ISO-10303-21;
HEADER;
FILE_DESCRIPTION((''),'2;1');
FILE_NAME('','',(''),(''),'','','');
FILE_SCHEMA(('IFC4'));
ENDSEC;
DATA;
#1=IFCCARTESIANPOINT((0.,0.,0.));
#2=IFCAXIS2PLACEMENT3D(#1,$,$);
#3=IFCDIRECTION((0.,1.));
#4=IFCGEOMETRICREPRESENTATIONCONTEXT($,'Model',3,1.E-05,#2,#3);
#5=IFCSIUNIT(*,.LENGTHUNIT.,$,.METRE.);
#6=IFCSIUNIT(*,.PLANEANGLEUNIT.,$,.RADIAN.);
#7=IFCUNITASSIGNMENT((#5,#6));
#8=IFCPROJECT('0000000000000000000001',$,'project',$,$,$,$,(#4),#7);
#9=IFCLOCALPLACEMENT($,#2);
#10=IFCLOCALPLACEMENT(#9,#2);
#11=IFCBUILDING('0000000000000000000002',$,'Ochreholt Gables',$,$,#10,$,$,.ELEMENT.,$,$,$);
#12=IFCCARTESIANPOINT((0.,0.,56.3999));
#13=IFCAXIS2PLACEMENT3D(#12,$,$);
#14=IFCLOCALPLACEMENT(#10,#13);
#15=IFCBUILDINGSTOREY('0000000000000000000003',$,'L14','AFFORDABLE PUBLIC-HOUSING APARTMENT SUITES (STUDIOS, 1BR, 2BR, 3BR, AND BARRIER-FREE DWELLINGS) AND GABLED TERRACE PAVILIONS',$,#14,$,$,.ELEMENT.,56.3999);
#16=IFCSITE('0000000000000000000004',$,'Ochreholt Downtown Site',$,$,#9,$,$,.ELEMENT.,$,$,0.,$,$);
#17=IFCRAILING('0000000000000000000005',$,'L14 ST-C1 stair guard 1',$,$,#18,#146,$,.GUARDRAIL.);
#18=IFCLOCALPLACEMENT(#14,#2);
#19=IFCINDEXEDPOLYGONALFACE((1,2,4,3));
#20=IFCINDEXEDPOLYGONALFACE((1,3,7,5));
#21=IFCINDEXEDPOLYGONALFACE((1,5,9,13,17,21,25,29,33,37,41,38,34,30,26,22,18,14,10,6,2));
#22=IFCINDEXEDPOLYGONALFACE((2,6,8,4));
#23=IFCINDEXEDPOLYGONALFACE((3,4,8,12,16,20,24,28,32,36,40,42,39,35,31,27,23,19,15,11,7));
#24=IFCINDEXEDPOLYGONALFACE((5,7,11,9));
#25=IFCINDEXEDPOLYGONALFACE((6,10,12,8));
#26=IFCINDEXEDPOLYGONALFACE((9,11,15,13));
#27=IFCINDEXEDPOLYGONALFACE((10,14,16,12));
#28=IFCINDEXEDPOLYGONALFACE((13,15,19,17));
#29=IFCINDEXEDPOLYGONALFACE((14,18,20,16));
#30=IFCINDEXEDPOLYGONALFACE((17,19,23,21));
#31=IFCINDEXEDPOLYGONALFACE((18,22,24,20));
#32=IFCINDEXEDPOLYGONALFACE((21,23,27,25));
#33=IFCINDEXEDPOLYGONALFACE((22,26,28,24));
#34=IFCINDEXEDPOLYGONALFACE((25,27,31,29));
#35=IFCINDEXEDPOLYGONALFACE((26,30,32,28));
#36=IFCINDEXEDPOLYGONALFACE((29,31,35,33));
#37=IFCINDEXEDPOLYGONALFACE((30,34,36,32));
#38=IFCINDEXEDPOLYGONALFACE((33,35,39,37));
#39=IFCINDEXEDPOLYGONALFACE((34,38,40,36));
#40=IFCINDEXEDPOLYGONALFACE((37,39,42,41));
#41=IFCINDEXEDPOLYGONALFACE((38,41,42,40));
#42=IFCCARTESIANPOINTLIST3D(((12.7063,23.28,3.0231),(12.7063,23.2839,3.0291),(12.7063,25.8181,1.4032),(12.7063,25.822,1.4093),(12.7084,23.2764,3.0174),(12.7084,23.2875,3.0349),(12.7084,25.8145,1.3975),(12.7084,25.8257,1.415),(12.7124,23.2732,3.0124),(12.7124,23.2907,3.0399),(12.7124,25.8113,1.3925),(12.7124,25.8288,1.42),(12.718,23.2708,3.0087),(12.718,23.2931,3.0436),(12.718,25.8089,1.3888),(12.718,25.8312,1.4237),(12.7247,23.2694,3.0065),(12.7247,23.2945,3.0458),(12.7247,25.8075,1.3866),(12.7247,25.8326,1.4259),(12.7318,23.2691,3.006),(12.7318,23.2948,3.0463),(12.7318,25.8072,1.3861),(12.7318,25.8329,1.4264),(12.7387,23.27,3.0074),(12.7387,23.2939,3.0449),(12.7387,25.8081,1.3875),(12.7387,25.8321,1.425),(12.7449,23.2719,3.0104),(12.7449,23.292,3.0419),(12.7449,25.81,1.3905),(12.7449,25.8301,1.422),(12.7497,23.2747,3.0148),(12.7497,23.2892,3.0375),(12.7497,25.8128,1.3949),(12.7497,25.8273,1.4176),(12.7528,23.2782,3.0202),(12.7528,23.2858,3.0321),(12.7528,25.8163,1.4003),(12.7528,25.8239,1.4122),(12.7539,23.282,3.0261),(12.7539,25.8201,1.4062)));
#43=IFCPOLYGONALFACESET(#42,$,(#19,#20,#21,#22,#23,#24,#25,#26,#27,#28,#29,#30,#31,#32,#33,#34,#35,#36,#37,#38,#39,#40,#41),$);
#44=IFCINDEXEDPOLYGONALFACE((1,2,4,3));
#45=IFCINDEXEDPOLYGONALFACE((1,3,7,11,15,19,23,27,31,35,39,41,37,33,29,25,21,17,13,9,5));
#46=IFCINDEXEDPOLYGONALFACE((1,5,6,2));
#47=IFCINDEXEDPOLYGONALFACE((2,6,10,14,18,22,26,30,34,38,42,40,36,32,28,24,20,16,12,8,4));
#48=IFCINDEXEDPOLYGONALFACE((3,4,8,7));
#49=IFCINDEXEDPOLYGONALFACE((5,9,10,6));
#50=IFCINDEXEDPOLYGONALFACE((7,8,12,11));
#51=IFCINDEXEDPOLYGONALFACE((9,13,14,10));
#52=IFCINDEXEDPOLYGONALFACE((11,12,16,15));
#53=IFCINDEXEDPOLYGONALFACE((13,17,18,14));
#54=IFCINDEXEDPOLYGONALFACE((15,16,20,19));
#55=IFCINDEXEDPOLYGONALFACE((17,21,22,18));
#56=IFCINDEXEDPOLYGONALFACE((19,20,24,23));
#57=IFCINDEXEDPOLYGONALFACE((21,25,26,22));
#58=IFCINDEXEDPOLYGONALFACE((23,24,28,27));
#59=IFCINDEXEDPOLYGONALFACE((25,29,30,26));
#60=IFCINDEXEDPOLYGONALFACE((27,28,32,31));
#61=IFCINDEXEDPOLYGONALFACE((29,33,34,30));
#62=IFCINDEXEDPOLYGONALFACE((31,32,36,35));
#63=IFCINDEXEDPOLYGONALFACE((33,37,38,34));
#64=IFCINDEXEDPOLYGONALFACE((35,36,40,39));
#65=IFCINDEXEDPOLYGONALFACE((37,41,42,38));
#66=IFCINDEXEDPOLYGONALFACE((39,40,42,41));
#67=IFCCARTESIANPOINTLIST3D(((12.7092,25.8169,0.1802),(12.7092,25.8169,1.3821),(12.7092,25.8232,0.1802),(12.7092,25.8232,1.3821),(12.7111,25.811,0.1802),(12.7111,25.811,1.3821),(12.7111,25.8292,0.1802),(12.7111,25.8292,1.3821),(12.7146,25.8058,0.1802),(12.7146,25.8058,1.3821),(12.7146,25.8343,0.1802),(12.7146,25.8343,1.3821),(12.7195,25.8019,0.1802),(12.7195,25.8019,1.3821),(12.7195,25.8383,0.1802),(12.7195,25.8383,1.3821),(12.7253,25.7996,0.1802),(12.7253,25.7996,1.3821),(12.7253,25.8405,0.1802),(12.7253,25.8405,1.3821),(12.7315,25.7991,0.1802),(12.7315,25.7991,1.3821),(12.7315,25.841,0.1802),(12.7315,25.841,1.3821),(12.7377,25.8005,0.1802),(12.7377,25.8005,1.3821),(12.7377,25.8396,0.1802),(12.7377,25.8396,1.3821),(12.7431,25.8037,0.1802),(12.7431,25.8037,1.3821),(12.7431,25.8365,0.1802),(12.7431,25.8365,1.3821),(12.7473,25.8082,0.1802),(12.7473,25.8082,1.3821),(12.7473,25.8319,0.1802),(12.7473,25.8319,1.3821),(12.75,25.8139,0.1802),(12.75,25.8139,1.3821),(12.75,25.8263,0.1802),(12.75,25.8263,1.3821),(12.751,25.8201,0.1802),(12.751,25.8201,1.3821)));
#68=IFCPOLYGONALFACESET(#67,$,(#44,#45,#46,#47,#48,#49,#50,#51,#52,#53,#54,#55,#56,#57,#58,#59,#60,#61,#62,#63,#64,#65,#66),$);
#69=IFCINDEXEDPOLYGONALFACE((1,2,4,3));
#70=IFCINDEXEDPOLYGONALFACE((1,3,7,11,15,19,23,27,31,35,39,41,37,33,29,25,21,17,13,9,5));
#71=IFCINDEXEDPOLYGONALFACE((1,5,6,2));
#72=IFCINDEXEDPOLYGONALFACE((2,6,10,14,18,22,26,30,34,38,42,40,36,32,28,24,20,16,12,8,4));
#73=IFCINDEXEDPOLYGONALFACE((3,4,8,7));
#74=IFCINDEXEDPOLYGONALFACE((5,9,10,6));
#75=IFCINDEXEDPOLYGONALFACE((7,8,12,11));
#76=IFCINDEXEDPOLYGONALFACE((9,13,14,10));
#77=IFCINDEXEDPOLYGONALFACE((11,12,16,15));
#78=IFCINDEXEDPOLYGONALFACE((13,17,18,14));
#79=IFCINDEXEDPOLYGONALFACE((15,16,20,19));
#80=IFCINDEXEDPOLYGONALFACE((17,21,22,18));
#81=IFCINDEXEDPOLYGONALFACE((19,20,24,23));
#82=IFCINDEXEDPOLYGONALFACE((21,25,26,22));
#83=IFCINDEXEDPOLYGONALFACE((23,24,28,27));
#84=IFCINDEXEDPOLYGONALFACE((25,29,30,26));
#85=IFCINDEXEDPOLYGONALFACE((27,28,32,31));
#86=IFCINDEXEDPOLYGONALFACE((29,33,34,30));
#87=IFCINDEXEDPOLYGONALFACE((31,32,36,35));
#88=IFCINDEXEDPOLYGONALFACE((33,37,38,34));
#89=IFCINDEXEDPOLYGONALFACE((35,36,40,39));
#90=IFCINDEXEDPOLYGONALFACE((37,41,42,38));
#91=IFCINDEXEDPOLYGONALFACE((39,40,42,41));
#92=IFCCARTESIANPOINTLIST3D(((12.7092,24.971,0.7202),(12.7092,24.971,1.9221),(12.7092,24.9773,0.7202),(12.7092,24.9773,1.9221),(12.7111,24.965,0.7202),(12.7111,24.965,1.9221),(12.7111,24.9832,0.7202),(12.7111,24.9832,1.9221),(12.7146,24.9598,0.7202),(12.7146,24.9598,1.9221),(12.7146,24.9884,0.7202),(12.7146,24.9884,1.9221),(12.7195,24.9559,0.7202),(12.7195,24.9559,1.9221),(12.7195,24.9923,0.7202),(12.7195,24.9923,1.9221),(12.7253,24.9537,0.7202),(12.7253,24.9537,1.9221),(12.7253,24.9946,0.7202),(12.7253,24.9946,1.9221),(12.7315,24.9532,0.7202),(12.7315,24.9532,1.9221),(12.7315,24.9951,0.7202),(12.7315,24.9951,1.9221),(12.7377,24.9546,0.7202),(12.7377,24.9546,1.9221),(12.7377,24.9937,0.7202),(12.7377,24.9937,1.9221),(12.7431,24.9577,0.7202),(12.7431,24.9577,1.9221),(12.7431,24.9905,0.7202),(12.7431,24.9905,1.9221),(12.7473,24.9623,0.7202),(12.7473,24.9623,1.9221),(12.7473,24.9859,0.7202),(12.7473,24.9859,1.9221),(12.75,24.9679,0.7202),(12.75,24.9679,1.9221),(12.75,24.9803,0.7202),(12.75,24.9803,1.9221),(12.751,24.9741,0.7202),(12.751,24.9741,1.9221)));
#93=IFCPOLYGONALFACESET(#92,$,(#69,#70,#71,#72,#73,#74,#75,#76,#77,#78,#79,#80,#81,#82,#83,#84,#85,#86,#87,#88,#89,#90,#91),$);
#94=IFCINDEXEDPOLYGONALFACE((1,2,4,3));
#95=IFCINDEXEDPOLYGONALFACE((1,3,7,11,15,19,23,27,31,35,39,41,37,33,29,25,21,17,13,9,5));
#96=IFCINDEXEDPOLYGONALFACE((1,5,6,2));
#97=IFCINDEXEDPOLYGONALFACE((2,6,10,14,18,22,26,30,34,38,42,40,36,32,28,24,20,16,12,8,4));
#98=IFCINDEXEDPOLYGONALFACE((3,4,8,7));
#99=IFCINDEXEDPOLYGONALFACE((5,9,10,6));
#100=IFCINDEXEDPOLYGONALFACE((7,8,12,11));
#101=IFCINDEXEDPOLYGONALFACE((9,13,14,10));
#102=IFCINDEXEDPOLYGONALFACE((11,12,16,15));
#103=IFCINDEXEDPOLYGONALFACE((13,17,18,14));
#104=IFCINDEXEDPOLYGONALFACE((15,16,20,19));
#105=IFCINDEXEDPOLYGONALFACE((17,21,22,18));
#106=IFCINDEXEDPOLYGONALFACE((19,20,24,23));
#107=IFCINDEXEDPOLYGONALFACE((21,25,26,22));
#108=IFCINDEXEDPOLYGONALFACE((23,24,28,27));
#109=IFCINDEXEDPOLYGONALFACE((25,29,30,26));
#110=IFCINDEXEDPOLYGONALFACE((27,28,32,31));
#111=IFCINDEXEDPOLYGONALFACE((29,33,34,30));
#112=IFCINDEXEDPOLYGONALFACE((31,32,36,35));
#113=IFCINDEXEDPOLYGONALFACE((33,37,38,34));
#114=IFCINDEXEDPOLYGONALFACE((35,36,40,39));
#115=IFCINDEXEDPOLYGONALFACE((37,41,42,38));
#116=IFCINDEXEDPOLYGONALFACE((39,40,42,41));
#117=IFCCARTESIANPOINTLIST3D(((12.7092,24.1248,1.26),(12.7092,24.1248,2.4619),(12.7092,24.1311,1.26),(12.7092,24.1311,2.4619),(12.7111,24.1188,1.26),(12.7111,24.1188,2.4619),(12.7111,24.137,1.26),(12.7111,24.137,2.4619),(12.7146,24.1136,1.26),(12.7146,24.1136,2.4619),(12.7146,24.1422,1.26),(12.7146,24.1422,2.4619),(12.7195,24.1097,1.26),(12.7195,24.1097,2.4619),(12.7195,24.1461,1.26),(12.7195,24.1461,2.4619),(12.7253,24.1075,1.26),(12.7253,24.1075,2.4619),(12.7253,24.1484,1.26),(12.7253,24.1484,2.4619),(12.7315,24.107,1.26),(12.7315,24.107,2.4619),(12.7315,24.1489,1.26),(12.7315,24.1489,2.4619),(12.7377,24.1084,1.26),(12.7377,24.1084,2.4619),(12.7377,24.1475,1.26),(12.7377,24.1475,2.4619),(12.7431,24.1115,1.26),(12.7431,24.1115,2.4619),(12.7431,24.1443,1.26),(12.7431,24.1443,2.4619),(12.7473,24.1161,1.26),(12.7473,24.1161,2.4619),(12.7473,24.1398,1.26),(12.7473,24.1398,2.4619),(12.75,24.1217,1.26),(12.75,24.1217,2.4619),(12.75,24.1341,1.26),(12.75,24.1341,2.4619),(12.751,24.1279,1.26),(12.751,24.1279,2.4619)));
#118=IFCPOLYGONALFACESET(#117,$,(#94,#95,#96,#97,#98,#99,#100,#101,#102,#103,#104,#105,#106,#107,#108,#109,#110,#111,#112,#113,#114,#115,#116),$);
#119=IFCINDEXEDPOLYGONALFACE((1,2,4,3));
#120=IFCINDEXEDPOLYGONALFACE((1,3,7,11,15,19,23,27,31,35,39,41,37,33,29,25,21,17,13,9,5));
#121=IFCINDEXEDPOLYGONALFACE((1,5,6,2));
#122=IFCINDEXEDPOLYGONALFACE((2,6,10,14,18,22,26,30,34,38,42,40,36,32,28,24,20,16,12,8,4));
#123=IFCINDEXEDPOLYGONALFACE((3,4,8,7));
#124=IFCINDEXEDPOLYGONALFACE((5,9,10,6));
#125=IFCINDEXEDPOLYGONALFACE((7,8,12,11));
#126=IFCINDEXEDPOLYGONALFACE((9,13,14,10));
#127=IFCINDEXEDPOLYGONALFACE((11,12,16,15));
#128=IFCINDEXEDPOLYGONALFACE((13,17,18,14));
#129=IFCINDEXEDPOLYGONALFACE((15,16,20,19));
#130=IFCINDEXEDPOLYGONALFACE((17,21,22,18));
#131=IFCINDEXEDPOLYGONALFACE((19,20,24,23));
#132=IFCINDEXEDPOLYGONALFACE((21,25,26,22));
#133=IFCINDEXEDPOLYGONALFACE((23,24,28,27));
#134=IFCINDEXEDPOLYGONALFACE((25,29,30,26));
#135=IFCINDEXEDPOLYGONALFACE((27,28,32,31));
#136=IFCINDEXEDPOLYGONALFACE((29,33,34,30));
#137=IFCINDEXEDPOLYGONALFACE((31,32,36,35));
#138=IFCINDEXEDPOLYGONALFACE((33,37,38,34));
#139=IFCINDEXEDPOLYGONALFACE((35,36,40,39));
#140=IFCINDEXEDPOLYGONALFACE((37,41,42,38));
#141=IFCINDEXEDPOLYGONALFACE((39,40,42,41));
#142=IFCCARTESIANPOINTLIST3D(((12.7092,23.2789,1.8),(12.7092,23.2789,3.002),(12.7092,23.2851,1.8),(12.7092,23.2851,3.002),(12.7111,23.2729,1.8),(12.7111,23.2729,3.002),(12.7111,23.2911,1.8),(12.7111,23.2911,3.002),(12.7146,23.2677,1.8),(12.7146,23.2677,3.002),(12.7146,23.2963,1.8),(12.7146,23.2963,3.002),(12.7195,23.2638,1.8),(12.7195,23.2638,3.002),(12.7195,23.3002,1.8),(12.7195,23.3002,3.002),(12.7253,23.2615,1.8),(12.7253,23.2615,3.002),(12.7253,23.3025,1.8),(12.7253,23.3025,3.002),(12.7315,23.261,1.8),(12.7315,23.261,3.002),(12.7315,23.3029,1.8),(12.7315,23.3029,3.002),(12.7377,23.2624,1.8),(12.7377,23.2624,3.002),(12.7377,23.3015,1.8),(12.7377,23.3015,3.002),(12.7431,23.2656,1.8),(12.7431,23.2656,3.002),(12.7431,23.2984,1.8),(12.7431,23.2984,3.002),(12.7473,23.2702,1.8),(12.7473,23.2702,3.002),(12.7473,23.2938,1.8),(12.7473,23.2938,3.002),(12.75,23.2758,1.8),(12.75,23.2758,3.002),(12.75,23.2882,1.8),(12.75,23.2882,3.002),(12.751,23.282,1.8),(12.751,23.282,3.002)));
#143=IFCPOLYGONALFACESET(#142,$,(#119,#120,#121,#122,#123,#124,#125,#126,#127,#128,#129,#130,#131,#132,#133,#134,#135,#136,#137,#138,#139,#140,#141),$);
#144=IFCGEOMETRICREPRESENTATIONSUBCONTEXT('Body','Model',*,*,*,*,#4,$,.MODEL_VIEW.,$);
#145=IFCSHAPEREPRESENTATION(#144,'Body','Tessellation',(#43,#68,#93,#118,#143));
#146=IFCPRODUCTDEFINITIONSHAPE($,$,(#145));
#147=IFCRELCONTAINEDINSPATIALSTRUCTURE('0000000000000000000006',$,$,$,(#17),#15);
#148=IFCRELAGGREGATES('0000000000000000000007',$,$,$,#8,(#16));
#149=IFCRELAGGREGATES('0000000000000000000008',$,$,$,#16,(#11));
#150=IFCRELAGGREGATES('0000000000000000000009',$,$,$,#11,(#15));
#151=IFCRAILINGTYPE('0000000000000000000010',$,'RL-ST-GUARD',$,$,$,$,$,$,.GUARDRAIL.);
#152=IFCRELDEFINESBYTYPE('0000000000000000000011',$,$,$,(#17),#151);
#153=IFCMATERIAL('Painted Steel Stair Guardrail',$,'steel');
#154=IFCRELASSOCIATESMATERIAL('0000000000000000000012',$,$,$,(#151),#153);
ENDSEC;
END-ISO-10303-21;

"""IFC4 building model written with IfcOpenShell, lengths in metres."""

from ifc_helpers import new_model, si_unit, direction, frame, origin, origin_2d, place, context, subcontext, project, spatial, circle, extrude, material, type_object, element, save


model = new_model("IFC4")

# Units and contexts
model_context = context("Model", 3, precision=1e-05, world=origin(), true_north=direction((0.0, 1.0)))
body_context = subcontext(model_context, "Body", "Model", "MODEL_VIEW")
ifc_project = project(units=[si_unit("LENGTHUNIT", "METRE"), si_unit("PLANEANGLEUNIT", "RADIAN")], contexts=[model_context])

# Site, building, storey
site_placement = place(None, origin())
site = spatial("IfcSite", under=ifc_project, at=site_placement, Name="Ochreholt Downtown Site", CompositionType="ELEMENT", RefElevation=0.0)
building_placement = place(site_placement, origin())
building = spatial("IfcBuilding", under=site, at=building_placement, Name="Ochreholt Gables", CompositionType="ELEMENT")
storey_placement = place(building_placement, frame((0.0, 0.0, 56.3999)))
storey = spatial("IfcBuildingStorey", under=building, at=storey_placement, Name="L14", Description="AFFORDABLE PUBLIC-HOUSING APARTMENT SUITES (STUDIOS, 1BR, 2BR, 3BR, AND BARRIER-FREE DWELLINGS) AND GABLED TERRACE PAVILIONS", CompositionType="ELEMENT", Elevation=56.3999)

# Railing
ifc_material_1 = material(Name="Painted Steel Stair Guardrail", Category="steel")
railing_type_1 = type_object("IfcRailingType", Name="RL-ST-GUARD", PredefinedType="GUARDRAIL", material=ifc_material_1)
railing_1_placement = place(storey_placement, frame((12.73, 25.8201, 0.1802)))
element("IfcRailing", 1, at=railing_1_placement, inside=storey, type_object=railing_type_1, Name="L14 ST-C1 stair guard 1", PredefinedType="GUARDRAIL", context=body_context, shape_type="SweptSolid", body=[
    extrude(circle(Radius=0.0239, at=origin_2d()), frame((0.0, 0.0, 1.2261), z_axis=(0.0, -0.84295, 0.537993), x_axis=(1.0, 0.0, 0.0)), (0.0, 0.0, 1.0), 3.011),
    extrude(circle(Radius=0.021, at=origin_2d()), origin(), (0.0, 0.0, 1.0), 1.2019),
    extrude(circle(Radius=0.021, at=origin_2d()), frame((0.0, -0.8459, 0.54)), (0.0, 0.0, 1.0), 1.2019),
    extrude(circle(Radius=0.021, at=origin_2d()), frame((0.0, -1.6921, 1.0798)), (0.0, 0.0, 1.0), 1.2019),
    extrude(circle(Radius=0.021, at=origin_2d()), frame((0.0, -2.5381, 1.6199)), (0.0, 0.0, 1.0), 1.2019),
])

save(model, "model.ifc")
